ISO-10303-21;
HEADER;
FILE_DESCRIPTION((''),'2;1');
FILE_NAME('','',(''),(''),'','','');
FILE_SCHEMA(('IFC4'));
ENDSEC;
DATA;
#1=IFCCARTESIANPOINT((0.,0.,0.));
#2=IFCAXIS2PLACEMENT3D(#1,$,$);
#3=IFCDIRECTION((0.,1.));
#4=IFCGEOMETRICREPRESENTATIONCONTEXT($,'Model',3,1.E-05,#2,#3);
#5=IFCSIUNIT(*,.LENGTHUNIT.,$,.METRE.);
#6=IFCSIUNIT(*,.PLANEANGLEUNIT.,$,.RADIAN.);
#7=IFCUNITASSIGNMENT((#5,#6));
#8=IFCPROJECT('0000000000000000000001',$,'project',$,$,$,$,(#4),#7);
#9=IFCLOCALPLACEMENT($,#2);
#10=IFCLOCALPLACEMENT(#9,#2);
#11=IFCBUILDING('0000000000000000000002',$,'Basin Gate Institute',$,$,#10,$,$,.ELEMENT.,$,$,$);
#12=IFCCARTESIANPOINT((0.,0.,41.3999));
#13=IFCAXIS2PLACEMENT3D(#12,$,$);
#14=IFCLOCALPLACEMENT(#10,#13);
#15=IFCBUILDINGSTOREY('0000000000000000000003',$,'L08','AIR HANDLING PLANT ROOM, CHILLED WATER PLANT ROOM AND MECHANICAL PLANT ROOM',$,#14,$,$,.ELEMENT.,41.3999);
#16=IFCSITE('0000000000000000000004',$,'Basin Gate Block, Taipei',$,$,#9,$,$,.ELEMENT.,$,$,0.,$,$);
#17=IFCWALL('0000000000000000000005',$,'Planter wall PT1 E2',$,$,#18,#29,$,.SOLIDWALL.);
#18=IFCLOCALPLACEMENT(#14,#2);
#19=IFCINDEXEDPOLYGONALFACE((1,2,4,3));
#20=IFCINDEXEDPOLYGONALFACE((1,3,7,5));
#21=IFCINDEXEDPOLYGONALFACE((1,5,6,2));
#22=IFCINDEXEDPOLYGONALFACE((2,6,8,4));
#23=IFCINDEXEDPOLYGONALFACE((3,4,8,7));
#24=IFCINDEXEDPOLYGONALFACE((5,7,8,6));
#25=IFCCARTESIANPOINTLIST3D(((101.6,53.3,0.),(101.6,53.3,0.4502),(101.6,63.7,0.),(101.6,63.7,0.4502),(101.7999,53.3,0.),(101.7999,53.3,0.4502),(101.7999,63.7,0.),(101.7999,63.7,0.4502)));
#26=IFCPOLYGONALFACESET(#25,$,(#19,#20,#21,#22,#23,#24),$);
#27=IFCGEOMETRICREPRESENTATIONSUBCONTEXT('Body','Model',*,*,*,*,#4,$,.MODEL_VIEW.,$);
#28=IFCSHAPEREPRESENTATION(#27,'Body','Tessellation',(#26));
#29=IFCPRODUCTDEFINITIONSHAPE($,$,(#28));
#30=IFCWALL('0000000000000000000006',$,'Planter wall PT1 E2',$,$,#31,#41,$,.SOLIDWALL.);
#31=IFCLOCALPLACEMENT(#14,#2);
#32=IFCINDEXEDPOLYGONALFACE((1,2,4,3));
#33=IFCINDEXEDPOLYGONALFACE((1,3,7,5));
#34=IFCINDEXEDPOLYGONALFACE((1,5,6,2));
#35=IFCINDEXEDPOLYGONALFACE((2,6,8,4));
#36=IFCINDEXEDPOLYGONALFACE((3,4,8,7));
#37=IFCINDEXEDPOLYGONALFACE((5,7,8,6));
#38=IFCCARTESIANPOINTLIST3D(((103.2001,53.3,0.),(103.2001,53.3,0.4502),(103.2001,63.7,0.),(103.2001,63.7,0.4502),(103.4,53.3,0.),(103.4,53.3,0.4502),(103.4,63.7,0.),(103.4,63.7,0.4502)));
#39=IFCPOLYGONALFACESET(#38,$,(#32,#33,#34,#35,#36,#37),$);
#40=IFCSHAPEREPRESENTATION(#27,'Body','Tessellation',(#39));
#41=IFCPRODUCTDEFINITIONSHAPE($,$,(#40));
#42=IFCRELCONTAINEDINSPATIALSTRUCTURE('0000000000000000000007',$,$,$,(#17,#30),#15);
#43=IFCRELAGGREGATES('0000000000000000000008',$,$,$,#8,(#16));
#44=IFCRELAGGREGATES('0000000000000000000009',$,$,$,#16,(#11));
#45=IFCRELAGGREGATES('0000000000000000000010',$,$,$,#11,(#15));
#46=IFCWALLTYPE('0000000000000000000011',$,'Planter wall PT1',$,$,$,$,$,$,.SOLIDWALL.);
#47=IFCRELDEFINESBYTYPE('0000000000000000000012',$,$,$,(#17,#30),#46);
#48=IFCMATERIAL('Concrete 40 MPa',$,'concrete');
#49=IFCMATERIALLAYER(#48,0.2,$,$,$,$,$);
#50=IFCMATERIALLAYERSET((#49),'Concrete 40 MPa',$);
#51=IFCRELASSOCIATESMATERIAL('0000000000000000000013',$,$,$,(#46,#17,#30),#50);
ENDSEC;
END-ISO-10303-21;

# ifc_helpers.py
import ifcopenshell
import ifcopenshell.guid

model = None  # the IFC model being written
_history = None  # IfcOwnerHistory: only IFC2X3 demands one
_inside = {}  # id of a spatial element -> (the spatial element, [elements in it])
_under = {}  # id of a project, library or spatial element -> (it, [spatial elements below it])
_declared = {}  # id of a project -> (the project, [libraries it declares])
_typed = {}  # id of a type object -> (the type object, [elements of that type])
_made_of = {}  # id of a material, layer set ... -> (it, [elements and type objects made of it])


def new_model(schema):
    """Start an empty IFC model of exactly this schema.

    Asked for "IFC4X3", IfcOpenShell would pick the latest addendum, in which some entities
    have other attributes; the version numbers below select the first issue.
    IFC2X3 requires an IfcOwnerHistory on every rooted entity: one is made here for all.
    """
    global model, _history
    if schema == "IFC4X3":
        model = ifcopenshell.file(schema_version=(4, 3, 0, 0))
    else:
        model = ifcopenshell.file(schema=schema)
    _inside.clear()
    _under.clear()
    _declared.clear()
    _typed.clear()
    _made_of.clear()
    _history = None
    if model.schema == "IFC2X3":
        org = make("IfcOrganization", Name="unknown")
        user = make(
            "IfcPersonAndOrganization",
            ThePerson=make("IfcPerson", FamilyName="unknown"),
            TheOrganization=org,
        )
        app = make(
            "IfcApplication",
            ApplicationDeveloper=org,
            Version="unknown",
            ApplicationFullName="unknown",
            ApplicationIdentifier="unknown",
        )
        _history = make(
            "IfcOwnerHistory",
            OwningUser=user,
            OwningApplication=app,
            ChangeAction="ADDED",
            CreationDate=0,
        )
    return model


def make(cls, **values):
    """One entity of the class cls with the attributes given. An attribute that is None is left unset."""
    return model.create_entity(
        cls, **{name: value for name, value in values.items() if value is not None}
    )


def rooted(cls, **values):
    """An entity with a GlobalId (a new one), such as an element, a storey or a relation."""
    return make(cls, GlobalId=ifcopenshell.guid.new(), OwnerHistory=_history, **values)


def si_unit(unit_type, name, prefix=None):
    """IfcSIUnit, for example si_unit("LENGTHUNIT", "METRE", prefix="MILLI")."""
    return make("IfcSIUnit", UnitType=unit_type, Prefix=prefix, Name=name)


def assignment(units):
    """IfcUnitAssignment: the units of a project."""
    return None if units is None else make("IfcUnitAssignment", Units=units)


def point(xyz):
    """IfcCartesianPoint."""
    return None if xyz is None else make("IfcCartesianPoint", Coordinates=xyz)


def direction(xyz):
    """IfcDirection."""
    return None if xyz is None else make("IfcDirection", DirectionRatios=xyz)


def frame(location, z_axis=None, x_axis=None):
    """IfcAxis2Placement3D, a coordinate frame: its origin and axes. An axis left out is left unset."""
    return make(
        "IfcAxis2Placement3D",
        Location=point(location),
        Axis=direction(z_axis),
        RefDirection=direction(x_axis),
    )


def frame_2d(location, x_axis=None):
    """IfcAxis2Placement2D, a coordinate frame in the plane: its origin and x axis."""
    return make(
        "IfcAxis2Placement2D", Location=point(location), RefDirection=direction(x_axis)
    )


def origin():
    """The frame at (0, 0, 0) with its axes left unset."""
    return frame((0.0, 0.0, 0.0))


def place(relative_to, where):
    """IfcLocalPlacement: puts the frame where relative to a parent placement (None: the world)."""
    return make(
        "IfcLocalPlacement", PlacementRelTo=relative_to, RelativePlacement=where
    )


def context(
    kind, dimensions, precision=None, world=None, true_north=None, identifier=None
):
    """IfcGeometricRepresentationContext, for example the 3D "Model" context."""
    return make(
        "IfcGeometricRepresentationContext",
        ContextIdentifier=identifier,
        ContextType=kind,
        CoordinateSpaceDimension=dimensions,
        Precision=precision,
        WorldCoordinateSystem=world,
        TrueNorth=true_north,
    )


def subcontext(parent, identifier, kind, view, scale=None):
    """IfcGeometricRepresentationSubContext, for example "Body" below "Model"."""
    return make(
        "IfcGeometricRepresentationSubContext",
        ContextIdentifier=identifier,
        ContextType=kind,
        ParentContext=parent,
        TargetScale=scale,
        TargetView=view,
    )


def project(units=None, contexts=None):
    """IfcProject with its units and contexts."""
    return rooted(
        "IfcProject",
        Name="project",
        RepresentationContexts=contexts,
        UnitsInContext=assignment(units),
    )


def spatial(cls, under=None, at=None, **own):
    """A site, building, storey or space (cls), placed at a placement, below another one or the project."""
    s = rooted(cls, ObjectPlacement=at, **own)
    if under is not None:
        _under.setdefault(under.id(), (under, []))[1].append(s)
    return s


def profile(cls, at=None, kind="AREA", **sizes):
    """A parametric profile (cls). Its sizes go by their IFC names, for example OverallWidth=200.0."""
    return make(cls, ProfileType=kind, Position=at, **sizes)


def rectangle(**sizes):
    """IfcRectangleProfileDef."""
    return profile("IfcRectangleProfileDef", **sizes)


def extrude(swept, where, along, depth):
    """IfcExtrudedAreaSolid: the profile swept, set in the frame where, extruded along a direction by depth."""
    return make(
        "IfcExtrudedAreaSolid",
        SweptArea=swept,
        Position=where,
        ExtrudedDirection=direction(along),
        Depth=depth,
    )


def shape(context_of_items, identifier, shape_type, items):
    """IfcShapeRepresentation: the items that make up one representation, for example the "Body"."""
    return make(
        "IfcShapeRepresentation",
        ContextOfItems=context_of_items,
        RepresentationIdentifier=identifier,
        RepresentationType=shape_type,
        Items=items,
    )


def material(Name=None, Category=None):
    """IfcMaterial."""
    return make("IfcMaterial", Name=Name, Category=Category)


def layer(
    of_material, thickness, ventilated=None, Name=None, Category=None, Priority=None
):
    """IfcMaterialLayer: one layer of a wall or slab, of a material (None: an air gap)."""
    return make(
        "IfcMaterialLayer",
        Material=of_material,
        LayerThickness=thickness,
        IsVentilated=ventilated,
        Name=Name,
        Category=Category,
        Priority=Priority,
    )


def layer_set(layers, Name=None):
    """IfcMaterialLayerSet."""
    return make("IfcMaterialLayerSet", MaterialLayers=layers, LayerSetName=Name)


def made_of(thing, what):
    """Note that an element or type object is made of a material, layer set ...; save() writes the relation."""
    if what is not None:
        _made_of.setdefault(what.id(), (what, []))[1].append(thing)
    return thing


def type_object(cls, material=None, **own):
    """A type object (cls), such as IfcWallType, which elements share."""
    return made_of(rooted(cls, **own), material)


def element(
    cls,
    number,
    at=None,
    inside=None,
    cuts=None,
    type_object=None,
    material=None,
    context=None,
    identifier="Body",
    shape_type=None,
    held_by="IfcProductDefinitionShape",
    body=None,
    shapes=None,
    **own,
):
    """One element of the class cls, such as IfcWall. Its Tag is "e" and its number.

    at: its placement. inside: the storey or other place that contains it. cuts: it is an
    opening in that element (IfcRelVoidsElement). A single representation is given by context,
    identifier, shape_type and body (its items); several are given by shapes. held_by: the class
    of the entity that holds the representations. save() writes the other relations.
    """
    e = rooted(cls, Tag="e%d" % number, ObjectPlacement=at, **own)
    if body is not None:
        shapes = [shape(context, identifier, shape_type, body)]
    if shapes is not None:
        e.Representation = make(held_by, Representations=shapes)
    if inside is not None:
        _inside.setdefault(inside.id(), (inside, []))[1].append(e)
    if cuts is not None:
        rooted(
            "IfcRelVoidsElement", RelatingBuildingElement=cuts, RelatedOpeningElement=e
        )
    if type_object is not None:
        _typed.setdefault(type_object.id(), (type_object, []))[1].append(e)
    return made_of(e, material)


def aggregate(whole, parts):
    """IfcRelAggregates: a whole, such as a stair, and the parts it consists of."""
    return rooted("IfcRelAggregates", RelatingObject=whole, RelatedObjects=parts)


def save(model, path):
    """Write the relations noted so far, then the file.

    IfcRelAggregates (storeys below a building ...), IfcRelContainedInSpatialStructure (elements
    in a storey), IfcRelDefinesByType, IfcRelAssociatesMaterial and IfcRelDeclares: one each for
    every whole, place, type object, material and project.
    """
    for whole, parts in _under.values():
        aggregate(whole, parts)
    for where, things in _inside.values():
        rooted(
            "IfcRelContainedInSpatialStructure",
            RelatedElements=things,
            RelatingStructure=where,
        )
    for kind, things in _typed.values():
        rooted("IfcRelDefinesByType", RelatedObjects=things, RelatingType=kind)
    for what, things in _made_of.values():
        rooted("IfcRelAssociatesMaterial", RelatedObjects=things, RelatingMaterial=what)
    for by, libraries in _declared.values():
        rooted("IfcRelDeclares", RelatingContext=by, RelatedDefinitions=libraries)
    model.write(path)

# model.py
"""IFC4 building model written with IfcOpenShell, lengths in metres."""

from ifc_helpers import new_model, si_unit, direction, frame, frame_2d, origin, place, context, subcontext, project, spatial, rectangle, extrude, material, layer, layer_set, type_object, element, save


model = new_model("IFC4")

# Units and contexts
model_context = context("Model", 3, precision=1e-05, world=origin(), true_north=direction((0.0, 1.0)))
body_context = subcontext(model_context, "Body", "Model", "MODEL_VIEW")
ifc_project = project(units=[si_unit("LENGTHUNIT", "METRE"), si_unit("PLANEANGLEUNIT", "RADIAN")], contexts=[model_context])

# Site, building, storey
site_placement = place(None, origin())
site = spatial("IfcSite", under=ifc_project, at=site_placement, Name="Basin Gate Block, Taipei", CompositionType="ELEMENT", RefElevation=0.0)
building_placement = place(site_placement, origin())
building = spatial("IfcBuilding", under=site, at=building_placement, Name="Basin Gate Institute", CompositionType="ELEMENT")
storey_placement = place(building_placement, frame((0.0, 0.0, 41.3999)))
storey = spatial("IfcBuildingStorey", under=building, at=storey_placement, Name="L08", Description="AIR HANDLING PLANT ROOM, CHILLED WATER PLANT ROOM AND MECHANICAL PLANT ROOM", CompositionType="ELEMENT", Elevation=41.3999)

# Walls
ifc_material_1 = material(Name="Concrete 40 MPa", Category="concrete")
ifc_layer_1 = layer(ifc_material_1, 0.2)
ifc_layer_set_1 = layer_set([ifc_layer_1], Name="Concrete 40 MPa")
wall_type_1 = type_object("IfcWallType", Name="Planter wall PT1", PredefinedType="SOLIDWALL", material=ifc_layer_set_1)
for number, where, z_axis, x_axis, name in (
    (1, (101.7, 53.3, 0.0), (0.0, 0.0, 1.0), (0.0, 1.0, 0.0), "Planter wall PT1 E2"),
    (2, (103.3, 53.3, 0.0), (0.0, 0.0, 1.0), (0.0, 1.0, 0.0), "Planter wall PT1 E2"),
):
    element("IfcWall", number, at=place(storey_placement, frame(where, z_axis=z_axis, x_axis=x_axis)), inside=storey, type_object=wall_type_1, material=ifc_layer_set_1, Name=name, PredefinedType="SOLIDWALL", context=body_context, shape_type="SweptSolid", body=[
        extrude(rectangle(XDim=10.3999, YDim=0.2, at=frame_2d((5.2, 0.0))), origin(), (0.0, 0.0, 1.0), 0.4502),
    ])

save(model, "model.ifc")
